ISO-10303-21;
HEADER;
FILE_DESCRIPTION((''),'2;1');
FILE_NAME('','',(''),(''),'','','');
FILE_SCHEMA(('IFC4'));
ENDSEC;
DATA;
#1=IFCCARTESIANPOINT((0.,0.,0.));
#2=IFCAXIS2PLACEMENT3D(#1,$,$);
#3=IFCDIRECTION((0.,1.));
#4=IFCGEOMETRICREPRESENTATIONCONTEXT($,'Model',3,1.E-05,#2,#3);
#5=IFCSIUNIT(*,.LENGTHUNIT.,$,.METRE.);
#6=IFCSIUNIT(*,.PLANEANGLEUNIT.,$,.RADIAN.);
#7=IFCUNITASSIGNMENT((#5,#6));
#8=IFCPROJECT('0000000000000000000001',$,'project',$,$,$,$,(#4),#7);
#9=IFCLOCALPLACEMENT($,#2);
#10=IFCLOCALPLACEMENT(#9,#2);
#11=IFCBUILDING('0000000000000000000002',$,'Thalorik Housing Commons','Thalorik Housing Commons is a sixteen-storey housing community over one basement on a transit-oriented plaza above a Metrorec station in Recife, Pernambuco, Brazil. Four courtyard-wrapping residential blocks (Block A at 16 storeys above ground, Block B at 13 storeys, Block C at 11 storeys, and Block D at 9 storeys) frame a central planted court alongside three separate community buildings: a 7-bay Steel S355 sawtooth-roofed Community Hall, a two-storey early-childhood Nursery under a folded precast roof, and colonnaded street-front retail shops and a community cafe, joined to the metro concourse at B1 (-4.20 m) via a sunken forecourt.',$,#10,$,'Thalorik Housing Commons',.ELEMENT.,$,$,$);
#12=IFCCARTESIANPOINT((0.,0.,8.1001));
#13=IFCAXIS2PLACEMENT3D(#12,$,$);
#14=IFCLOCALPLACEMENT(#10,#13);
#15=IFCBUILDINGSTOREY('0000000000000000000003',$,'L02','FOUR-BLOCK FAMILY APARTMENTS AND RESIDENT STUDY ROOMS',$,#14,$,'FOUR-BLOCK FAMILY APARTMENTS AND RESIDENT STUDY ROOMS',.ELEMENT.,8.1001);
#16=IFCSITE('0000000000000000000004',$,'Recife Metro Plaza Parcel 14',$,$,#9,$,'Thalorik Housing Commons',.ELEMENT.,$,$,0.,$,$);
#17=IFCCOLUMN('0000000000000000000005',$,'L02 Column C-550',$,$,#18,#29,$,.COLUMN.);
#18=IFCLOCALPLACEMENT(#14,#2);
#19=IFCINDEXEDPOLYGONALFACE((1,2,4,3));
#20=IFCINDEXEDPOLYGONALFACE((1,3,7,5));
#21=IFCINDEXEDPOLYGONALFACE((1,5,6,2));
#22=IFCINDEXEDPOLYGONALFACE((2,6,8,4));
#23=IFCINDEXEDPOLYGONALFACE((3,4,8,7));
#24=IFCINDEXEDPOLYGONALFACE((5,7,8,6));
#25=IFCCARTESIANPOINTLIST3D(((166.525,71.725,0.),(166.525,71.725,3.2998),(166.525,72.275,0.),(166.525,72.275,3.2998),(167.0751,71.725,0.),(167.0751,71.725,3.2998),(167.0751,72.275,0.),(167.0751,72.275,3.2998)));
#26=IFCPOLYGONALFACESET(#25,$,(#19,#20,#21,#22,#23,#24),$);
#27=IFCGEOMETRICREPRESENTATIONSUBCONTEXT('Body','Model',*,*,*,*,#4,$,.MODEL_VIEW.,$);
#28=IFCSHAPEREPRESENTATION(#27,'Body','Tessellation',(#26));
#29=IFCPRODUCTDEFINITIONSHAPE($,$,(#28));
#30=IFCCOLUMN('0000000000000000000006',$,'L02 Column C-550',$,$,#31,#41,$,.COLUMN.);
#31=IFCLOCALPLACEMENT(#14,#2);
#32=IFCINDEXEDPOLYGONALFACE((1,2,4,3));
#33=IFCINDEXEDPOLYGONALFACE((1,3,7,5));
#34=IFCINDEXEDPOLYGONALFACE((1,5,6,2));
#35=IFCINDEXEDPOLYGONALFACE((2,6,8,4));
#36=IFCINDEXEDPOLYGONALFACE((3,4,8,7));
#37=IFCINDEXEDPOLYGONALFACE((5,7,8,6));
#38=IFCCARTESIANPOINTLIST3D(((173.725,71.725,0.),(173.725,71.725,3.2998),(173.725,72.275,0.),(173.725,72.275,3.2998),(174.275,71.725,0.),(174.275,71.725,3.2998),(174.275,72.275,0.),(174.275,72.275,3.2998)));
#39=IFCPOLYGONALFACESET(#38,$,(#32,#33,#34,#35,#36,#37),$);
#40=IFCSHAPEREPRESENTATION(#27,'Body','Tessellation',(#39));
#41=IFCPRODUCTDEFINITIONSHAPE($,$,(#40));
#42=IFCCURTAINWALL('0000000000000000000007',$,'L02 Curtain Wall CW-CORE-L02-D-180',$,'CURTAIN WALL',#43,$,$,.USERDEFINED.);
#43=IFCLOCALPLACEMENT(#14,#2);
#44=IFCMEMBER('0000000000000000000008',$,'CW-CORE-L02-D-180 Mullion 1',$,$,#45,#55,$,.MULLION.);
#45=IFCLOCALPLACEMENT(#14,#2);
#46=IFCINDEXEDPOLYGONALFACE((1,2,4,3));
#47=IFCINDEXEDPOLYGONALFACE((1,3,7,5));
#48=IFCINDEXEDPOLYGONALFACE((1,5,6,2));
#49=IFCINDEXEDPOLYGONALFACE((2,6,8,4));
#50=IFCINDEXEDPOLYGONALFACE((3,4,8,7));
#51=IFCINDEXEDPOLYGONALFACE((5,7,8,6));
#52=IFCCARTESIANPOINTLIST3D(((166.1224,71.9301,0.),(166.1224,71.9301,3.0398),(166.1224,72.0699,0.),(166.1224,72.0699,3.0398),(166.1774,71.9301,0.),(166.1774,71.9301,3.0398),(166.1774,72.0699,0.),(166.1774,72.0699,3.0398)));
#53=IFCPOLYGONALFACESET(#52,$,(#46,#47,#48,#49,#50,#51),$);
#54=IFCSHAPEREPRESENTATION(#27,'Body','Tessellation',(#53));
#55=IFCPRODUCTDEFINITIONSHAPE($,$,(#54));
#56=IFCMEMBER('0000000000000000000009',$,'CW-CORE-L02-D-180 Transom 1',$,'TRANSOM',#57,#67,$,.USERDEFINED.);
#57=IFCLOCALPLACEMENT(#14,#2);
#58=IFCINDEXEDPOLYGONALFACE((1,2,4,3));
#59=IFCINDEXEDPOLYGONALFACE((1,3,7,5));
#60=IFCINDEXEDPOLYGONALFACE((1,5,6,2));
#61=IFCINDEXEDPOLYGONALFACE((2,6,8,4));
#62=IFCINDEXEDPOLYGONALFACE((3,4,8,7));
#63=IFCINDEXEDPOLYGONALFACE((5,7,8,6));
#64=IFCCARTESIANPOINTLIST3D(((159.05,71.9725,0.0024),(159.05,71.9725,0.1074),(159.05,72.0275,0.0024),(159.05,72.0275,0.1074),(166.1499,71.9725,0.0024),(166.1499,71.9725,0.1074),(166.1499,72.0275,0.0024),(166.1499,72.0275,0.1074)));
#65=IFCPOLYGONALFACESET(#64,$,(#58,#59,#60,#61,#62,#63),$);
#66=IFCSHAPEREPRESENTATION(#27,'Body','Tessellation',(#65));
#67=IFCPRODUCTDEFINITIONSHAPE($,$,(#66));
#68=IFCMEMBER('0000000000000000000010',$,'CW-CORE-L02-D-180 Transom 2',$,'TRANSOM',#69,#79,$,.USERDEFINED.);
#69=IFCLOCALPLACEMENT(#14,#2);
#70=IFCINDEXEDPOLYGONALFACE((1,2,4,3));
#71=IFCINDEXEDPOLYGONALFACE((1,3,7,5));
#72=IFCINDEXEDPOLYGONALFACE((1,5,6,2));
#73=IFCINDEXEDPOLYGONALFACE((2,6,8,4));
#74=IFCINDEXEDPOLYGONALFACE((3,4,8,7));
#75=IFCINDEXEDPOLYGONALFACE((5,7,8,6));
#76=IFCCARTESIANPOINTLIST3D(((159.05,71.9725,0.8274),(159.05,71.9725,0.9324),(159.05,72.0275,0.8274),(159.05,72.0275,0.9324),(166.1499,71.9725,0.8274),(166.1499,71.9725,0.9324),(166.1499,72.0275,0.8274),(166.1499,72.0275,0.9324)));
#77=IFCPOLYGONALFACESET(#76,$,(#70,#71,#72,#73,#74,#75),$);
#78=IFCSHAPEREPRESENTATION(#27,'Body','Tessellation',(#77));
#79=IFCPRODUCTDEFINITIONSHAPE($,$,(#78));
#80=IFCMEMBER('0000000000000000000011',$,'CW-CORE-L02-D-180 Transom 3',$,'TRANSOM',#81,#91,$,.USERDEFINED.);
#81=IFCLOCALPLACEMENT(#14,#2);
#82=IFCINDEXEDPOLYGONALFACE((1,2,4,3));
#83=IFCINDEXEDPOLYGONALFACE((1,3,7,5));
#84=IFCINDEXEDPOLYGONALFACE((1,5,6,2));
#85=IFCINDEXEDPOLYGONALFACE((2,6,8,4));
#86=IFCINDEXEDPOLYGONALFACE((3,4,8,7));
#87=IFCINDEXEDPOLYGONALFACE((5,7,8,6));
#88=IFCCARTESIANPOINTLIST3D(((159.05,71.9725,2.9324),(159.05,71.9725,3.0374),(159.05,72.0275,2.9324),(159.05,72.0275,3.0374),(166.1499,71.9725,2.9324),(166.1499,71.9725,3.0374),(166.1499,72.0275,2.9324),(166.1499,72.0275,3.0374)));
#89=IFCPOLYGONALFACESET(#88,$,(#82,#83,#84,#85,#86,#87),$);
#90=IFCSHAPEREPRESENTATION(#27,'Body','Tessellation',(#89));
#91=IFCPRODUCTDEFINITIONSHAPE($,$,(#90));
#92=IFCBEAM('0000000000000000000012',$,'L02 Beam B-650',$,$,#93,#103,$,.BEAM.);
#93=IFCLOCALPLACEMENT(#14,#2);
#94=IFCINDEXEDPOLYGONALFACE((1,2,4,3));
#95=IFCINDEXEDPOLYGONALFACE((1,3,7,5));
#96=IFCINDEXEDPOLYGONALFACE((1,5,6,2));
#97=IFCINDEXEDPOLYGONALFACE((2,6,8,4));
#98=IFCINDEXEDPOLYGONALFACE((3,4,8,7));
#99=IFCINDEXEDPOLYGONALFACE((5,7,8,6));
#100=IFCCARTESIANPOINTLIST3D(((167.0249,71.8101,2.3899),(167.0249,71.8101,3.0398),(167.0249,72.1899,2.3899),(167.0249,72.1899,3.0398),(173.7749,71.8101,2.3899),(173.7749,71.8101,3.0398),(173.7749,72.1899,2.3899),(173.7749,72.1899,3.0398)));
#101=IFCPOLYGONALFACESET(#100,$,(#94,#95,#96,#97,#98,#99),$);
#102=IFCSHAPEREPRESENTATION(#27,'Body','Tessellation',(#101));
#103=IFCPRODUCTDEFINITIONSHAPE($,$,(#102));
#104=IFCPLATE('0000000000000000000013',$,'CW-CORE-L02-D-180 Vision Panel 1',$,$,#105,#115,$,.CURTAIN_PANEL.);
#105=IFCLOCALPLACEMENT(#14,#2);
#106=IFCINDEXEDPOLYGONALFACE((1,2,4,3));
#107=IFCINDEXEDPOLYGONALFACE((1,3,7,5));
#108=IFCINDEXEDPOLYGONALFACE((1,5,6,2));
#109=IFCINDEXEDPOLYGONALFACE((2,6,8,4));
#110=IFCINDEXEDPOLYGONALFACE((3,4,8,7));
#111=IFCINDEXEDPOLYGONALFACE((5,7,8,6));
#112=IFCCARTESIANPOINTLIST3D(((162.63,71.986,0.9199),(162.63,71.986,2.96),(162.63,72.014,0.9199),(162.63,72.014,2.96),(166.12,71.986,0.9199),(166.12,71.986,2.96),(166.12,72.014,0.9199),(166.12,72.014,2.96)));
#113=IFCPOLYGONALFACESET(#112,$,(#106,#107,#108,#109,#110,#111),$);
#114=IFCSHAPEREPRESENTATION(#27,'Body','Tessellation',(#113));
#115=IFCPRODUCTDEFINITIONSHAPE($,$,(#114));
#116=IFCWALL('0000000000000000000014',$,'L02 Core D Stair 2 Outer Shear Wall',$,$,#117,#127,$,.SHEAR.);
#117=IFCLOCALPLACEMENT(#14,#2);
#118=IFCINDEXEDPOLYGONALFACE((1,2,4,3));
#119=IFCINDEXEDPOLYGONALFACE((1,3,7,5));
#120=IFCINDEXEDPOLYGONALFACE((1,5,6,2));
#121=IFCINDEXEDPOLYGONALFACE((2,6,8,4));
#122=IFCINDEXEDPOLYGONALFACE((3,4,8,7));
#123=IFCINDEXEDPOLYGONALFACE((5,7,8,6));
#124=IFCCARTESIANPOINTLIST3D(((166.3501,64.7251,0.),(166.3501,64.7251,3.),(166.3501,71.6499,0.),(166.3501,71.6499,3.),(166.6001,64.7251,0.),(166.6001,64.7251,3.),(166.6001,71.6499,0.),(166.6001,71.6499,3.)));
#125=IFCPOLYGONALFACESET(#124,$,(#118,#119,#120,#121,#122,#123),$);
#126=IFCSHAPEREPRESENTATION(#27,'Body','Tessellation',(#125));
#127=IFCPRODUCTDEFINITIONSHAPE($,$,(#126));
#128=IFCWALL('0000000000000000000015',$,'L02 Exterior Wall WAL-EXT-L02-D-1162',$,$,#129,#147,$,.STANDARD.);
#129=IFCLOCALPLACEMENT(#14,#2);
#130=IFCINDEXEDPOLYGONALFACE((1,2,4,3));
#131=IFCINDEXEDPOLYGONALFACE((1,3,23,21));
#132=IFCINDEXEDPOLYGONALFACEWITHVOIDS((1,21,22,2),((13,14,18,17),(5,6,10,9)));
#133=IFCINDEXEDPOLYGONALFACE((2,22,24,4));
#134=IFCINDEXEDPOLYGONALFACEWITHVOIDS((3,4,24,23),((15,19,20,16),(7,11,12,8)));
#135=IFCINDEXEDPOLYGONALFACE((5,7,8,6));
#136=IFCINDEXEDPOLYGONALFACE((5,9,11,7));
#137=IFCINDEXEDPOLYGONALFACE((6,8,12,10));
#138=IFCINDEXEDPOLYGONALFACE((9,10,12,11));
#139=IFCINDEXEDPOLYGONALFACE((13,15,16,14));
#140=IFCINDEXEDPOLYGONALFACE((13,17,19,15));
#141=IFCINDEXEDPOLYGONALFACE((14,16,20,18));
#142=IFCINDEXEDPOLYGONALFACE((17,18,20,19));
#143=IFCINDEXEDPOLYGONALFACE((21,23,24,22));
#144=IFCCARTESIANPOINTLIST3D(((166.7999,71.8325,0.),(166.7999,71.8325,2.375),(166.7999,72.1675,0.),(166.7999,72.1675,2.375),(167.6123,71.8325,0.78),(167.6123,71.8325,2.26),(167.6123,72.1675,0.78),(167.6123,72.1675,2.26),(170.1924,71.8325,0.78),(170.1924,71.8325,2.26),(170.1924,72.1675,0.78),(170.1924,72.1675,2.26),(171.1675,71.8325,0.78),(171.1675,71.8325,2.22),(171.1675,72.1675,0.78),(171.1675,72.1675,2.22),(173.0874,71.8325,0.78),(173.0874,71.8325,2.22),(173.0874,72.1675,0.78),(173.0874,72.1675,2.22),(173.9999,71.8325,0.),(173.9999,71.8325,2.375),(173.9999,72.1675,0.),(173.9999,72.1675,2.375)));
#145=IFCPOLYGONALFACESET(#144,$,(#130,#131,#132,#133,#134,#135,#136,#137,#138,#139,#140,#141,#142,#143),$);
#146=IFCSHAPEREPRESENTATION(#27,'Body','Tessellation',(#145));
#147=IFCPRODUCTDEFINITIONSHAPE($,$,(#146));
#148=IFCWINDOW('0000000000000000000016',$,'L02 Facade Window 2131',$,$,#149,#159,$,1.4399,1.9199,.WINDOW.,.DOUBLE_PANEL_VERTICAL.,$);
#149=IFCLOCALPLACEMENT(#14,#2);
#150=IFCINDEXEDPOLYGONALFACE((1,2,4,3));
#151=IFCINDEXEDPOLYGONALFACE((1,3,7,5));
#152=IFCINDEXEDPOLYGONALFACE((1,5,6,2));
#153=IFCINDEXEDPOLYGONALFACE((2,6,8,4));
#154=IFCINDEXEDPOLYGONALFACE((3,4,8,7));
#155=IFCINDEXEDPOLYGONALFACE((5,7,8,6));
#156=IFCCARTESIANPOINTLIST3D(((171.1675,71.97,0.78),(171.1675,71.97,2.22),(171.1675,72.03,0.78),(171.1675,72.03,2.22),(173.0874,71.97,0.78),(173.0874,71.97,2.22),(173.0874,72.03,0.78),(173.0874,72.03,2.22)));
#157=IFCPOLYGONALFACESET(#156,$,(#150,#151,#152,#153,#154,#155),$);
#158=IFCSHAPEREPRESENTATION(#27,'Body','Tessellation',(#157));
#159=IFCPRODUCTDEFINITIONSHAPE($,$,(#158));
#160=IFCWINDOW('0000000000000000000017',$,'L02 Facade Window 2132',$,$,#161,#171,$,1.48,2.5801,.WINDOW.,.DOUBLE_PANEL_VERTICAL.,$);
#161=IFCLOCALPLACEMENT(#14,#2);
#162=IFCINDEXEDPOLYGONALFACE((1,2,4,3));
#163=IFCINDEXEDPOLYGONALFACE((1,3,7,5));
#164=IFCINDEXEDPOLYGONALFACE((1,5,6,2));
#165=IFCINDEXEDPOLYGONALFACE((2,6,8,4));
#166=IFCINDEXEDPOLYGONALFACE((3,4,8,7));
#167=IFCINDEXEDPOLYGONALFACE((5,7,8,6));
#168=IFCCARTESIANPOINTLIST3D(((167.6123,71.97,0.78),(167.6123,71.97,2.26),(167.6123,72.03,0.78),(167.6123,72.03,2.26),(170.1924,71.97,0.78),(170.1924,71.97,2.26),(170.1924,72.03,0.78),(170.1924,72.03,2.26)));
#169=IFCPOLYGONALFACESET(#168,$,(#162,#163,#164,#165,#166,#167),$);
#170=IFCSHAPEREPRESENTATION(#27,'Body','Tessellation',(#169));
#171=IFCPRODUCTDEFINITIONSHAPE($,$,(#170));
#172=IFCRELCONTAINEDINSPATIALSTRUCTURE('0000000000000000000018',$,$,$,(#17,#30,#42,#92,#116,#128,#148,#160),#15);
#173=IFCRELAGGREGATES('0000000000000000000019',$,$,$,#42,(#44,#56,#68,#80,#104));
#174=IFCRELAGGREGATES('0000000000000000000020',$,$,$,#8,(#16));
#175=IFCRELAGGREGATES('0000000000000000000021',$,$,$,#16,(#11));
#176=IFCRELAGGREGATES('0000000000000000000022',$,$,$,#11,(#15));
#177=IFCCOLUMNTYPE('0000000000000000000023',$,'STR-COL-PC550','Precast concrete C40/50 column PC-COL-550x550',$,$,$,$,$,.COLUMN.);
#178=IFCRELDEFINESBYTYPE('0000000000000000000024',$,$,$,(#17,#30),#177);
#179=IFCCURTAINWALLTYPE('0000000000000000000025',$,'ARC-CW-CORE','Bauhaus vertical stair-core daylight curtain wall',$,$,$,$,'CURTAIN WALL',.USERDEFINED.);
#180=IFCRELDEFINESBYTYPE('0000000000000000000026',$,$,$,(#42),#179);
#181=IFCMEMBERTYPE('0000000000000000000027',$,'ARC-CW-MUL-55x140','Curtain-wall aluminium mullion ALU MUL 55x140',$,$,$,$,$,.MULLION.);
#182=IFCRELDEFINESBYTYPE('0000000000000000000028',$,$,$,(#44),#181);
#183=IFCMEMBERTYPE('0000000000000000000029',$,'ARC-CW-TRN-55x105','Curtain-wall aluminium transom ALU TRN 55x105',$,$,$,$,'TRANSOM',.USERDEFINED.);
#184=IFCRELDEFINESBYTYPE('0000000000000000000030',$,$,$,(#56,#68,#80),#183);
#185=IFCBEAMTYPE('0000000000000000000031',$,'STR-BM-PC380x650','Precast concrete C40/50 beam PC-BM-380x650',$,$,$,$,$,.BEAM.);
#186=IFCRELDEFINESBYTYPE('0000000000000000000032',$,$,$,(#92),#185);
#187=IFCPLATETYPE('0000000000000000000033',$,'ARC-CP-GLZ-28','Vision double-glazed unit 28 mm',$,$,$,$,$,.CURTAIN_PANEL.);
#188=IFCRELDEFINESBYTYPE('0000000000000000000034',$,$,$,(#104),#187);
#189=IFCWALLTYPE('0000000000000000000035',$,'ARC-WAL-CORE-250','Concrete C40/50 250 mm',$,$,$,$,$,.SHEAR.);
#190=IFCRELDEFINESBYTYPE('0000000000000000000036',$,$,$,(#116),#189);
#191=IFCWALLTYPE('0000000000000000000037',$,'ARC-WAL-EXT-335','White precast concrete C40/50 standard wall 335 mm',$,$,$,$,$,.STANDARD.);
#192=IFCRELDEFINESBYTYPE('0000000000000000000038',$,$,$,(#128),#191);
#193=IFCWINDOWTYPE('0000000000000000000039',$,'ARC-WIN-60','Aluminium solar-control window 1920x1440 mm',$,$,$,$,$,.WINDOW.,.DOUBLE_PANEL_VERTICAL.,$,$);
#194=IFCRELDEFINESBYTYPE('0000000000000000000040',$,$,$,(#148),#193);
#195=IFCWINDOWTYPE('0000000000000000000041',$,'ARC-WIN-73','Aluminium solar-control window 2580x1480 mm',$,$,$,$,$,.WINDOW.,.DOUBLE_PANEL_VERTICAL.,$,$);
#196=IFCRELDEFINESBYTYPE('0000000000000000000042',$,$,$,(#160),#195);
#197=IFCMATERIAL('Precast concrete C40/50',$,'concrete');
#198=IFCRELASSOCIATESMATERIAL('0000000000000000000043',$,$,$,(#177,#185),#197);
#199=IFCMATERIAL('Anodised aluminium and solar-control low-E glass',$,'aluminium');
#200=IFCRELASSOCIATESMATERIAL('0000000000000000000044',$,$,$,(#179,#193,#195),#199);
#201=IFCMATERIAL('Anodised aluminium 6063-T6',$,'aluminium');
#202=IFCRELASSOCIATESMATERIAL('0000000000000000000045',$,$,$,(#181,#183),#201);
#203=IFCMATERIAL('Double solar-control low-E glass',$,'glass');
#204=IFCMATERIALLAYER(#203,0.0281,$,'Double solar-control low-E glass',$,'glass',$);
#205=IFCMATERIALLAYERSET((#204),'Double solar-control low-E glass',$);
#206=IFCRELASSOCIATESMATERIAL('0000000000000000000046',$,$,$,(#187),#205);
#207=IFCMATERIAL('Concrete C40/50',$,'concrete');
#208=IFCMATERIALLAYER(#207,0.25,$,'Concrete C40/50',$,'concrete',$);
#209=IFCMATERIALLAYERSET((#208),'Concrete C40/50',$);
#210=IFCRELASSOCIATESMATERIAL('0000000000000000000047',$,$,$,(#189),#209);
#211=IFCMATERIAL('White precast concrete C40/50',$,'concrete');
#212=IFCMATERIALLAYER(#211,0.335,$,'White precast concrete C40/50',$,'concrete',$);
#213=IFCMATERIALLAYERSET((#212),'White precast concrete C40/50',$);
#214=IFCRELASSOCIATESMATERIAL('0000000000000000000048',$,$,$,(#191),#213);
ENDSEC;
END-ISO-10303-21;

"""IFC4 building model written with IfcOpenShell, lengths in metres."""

from ifc_helpers import new_model, si_unit, direction, frame, frame_2d, origin, origin_2d, place, context, subcontext, project, spatial, rectangle, extrude, material, layer, layer_set, material_profile, profile_set, type_object, element, fill, aggregate, save


model = new_model("IFC4")

# Units and contexts
model_context = context("Model", 3, precision=1e-05, world=origin(), true_north=direction((0.0, 1.0)))
body_context = subcontext(model_context, "Body", "Model", "MODEL_VIEW")
ifc_project = project(units=[si_unit("LENGTHUNIT", "METRE"), si_unit("PLANEANGLEUNIT", "RADIAN")], contexts=[model_context])

# Site, building, storey
site_placement = place(None, origin())
site = spatial("IfcSite", under=ifc_project, at=site_placement, Name="Recife Metro Plaza Parcel 14", LongName="Thalorik Housing Commons", CompositionType="ELEMENT", RefElevation=0.0)
building_placement = place(site_placement, origin())
building = spatial("IfcBuilding", under=site, at=building_placement, Name="Thalorik Housing Commons", Description="Thalorik Housing Commons is a sixteen-storey housing community over one basement on a transit-oriented plaza above a Metrorec station in Recife, Pernambuco, Brazil. Four courtyard-wrapping residential blocks (Block A at 16 storeys above ground, Block B at 13 storeys, Block C at 11 storeys, and Block D at 9 storeys) frame a central planted court alongside three separate community buildings: a 7-bay Steel S355 sawtooth-roofed Community Hall, a two-storey early-childhood Nursery under a folded precast roof, and colonnaded street-front retail shops and a community cafe, joined to the metro concourse at B1 (-4.20 m) via a sunken forecourt.", LongName="Thalorik Housing Commons", CompositionType="ELEMENT")
storey_placement = place(building_placement, frame((0.0, 0.0, 8.1001)))
storey = spatial("IfcBuildingStorey", under=building, at=storey_placement, Name="L02", Description="FOUR-BLOCK FAMILY APARTMENTS AND RESIDENT STUDY ROOMS", LongName="FOUR-BLOCK FAMILY APARTMENTS AND RESIDENT STUDY ROOMS", CompositionType="ELEMENT", Elevation=8.1001)

# Columns
ifc_material_1 = material(Name="Precast concrete C40/50", Category="concrete")
ifc_material_profile_1 = material_profile(ifc_material_1, rectangle(XDim=0.55, YDim=0.55, at=origin_2d()), Name="PC 550x550", Category="concrete")
ifc_profile_set_1 = profile_set([ifc_material_profile_1], Name="Precast concrete C40/50")
column_type = type_object("IfcColumnType", Name="STR-COL-PC550", Description="Precast concrete C40/50 column PC-COL-550x550", PredefinedType="COLUMN", material=ifc_profile_set_1)
for number, where, z_axis, x_axis, name in (
    (1, (166.8, 72.0, 0.0), (0.0, 0.0, 1.0), (1.0, 0.0, 0.0), "L02 Column C-550"),
    (2, (174.0, 72.0, 0.0), (0.0, 0.0, 1.0), (1.0, 0.0, 0.0), "L02 Column C-550"),
):
    element("IfcColumn", number, at=place(storey_placement, frame(where, z_axis=z_axis, x_axis=x_axis)), inside=storey, type_object=column_type, Name=name, PredefinedType="COLUMN", context=body_context, shape_type="SweptSolid", body=[
        extrude(rectangle(XDim=0.55, YDim=0.55, at=origin_2d()), origin(), (0.0, 0.0, 1.0), 3.2998),
    ])

# Curtain wall, members
ifc_material_2 = material(Name="Anodised aluminium and solar-control low-E glass", Category="aluminium")
curtain_wall_type = type_object("IfcCurtainWallType", Name="ARC-CW-CORE", Description="Bauhaus vertical stair-core daylight curtain wall", ElementType="CURTAIN WALL", PredefinedType="USERDEFINED", material=ifc_material_2)
curtain_wall_placement = place(storey_placement, origin())
curtain_wall = element("IfcCurtainWall", 3, at=curtain_wall_placement, inside=storey, type_object=curtain_wall_type, Name="L02 Curtain Wall CW-CORE-L02-D-180", ObjectType="CURTAIN WALL", PredefinedType="USERDEFINED")
ifc_material_3 = material(Name="Anodised aluminium 6063-T6", Category="aluminium")
ifc_material_profile_2 = material_profile(ifc_material_3, rectangle(XDim=0.0549, YDim=0.1399, at=origin_2d()), Name="ALU MUL 55x140", Category="aluminium")
ifc_profile_set_2 = profile_set([ifc_material_profile_2], Name="Anodised aluminium 6063-T6")
member_type_1 = type_object("IfcMemberType", Name="ARC-CW-MUL-55x140", Description="Curtain-wall aluminium mullion ALU MUL 55x140", PredefinedType="MULLION", material=ifc_profile_set_2)
member_1_placement = place(storey_placement, frame((166.1499, 72.0, 0.0), z_axis=(0.0, 0.0, 1.0), x_axis=(-1.0, 0.0, 0.0)))
member_1 = element("IfcMember", 4, at=member_1_placement, type_object=member_type_1, Name="CW-CORE-L02-D-180 Mullion 1", PredefinedType="MULLION", context=body_context, shape_type="SweptSolid", body=[
    extrude(rectangle(XDim=0.0549, YDim=0.1399, at=origin_2d()), origin(), (0.0, 0.0, 1.0), 3.0398),
])
ifc_material_profile_3 = material_profile(ifc_material_3, rectangle(XDim=0.0549, YDim=0.105, at=origin_2d()), Name="ALU TRN 55x105", Category="aluminium")
ifc_profile_set_3 = profile_set([ifc_material_profile_3], Name="Anodised aluminium 6063-T6")
member_type_2 = type_object("IfcMemberType", Name="ARC-CW-TRN-55x105", Description="Curtain-wall aluminium transom ALU TRN 55x105", ElementType="TRANSOM", PredefinedType="USERDEFINED", material=ifc_profile_set_3)
member_2_placement = place(storey_placement, frame((166.1499, 72.0, 0.0549), z_axis=(-1.0, 0.0, 0.0), x_axis=(0.0, -1.0, 0.0)))
member_2 = element("IfcMember", 5, at=member_2_placement, type_object=member_type_2, Name="CW-CORE-L02-D-180 Transom 1", ObjectType="TRANSOM", PredefinedType="USERDEFINED", context=body_context, shape_type="SweptSolid", body=[
    extrude(rectangle(XDim=0.0549, YDim=0.105, at=origin_2d()), origin(), (0.0, 0.0, 1.0), 7.0999),
])
member_3_placement = place(storey_placement, frame((166.1499, 72.0, 0.8799), z_axis=(-1.0, 0.0, 0.0), x_axis=(0.0, -1.0, 0.0)))
member_3 = element("IfcMember", 6, at=member_3_placement, type_object=member_type_2, Name="CW-CORE-L02-D-180 Transom 2", ObjectType="TRANSOM", PredefinedType="USERDEFINED", context=body_context, shape_type="SweptSolid", body=[
    extrude(rectangle(XDim=0.0549, YDim=0.105, at=origin_2d()), origin(), (0.0, 0.0, 1.0), 7.0999),
])
member_4_placement = place(storey_placement, frame((166.1499, 72.0, 2.9849), z_axis=(-1.0, 0.0, 0.0), x_axis=(0.0, -1.0, 0.0)))
member_4 = element("IfcMember", 7, at=member_4_placement, type_object=member_type_2, Name="CW-CORE-L02-D-180 Transom 3", ObjectType="TRANSOM", PredefinedType="USERDEFINED", context=body_context, shape_type="SweptSolid", body=[
    extrude(rectangle(XDim=0.0549, YDim=0.105, at=origin_2d()), origin(), (0.0, 0.0, 1.0), 7.0999),
])

# Beam
ifc_material_profile_4 = material_profile(ifc_material_1, rectangle(XDim=0.3799, YDim=0.6499, at=origin_2d()), Name="PC 380x650", Category="concrete")
ifc_profile_set_4 = profile_set([ifc_material_profile_4], Name="Precast concrete C40/50")
beam_type = type_object("IfcBeamType", Name="STR-BM-PC380x650", Description="Precast concrete C40/50 beam PC-BM-380x650", PredefinedType="BEAM", material=ifc_profile_set_4)
beam_placement = place(storey_placement, frame((167.0249, 72.0, 2.7148), z_axis=(1.0, 0.0, 0.0), x_axis=(0.0, 1.0, 0.0)))
element("IfcBeam", 8, at=beam_placement, inside=storey, type_object=beam_type, Name="L02 Beam B-650", PredefinedType="BEAM", context=body_context, shape_type="SweptSolid", body=[
    extrude(rectangle(XDim=0.3799, YDim=0.6499, at=origin_2d()), origin(), (0.0, 0.0, 1.0), 6.75),
])

# Plate
ifc_material_4 = material(Name="Double solar-control low-E glass", Category="glass")
ifc_layer_1 = layer(ifc_material_4, 0.0281, Name="Double solar-control low-E glass", Category="glass")
ifc_layer_set_1 = layer_set([ifc_layer_1], Name="Double solar-control low-E glass")
plate_type = type_object("IfcPlateType", Name="ARC-CP-GLZ-28", Description="Vision double-glazed unit 28 mm", PredefinedType="CURTAIN_PANEL", material=ifc_layer_set_1)
plate_placement = place(storey_placement, frame((164.375, 72.0, 0.9199), z_axis=(0.0, 0.0, 1.0), x_axis=(-1.0, 0.0, 0.0)))
plate = element("IfcPlate", 9, at=plate_placement, type_object=plate_type, Name="CW-CORE-L02-D-180 Vision Panel 1", PredefinedType="CURTAIN_PANEL", context=body_context, shape_type="SweptSolid", body=[
    extrude(rectangle(XDim=3.49, YDim=0.0281, at=origin_2d()), origin(), (0.0, 0.0, 1.0), 2.04),
])
aggregate(curtain_wall, [member_1, member_2, member_3, member_4, plate])

# Wall
ifc_material_5 = material(Name="Concrete C40/50", Category="concrete")
ifc_layer_2 = layer(ifc_material_5, 0.25, Name="Concrete C40/50", Category="concrete")
ifc_layer_set_2 = layer_set([ifc_layer_2], Name="Concrete C40/50")
wall_type_1 = type_object("IfcWallType", Name="ARC-WAL-CORE-250", Description="Concrete C40/50 250 mm", PredefinedType="SHEAR", material=ifc_layer_set_2)
wall_1_placement = place(storey_placement, frame((166.4751, 71.6499, 0.0), z_axis=(0.0, 0.0, 1.0), x_axis=(0.0, -1.0, 0.0)))
element("IfcWall", 10, at=wall_1_placement, inside=storey, type_object=wall_type_1, Name="L02 Core D Stair 2 Outer Shear Wall", PredefinedType="SHEAR", context=body_context, shape_type="SweptSolid", body=[
    extrude(rectangle(XDim=6.9248, YDim=0.25, at=frame_2d((3.4624, 0.0))), origin(), (0.0, 0.0, 1.0), 3.0),
])

# Wall, openings, windows
ifc_material_6 = material(Name="White precast concrete C40/50", Category="concrete")
ifc_layer_3 = layer(ifc_material_6, 0.335, Name="White precast concrete C40/50", Category="concrete")
ifc_layer_set_3 = layer_set([ifc_layer_3], Name="White precast concrete C40/50")
wall_type_2 = type_object("IfcWallType", Name="ARC-WAL-EXT-335", Description="White precast concrete C40/50 standard wall 335 mm", PredefinedType="STANDARD", material=ifc_layer_set_3)
wall_2_placement = place(storey_placement, frame((174.0, 72.0, 0.0), z_axis=(0.0, 0.0, 1.0), x_axis=(-1.0, 0.0, 0.0)))
wall_2 = element("IfcWall", 11, at=wall_2_placement, inside=storey, type_object=wall_type_2, Name="L02 Exterior Wall WAL-EXT-L02-D-1162", PredefinedType="STANDARD", context=body_context, shape_type="SweptSolid", body=[
    extrude(rectangle(XDim=7.2, YDim=0.335, at=frame_2d((3.6001, 0.0))), origin(), (0.0, 0.0, 1.0), 2.375),
])
opening_1_placement = place(wall_2_placement, frame((0.9126, 0.0, 0.78)))
opening_1 = element("IfcOpeningElement", 12, at=opening_1_placement, cuts=wall_2, PredefinedType="OPENING", context=body_context, shape_type="SweptSolid", body=[
    extrude(rectangle(XDim=1.9199, YDim=1.4399, at=frame_2d((0.96, 0.72))), frame((0.0, 0.1775, 0.0), z_axis=(0.0, -1.0, 0.0), x_axis=(1.0, 0.0, 0.0)), (0.0, 0.0, 1.0), 0.355),
])
opening_2_placement = place(wall_2_placement, frame((3.8076, 0.0, 0.78)))
opening_2 = element("IfcOpeningElement", 13, at=opening_2_placement, cuts=wall_2, PredefinedType="OPENING", context=body_context, shape_type="SweptSolid", body=[
    extrude(rectangle(XDim=2.5801, YDim=1.48, at=frame_2d((1.29, 0.74))), frame((0.0, 0.1775, 0.0), z_axis=(0.0, -1.0, 0.0), x_axis=(1.0, 0.0, 0.0)), (0.0, 0.0, 1.0), 0.355),
])
window_type_1 = type_object("IfcWindowType", Name="ARC-WIN-60", Description="Aluminium solar-control window 1920x1440 mm", PartitioningType="DOUBLE_PANEL_VERTICAL", PredefinedType="WINDOW", material=ifc_material_2)
window_1_placement = place(opening_1_placement, origin())
window_1 = element("IfcWindow", 14, at=window_1_placement, inside=storey, type_object=window_type_1, Name="L02 Facade Window 2131", OverallHeight=1.4399, OverallWidth=1.9199, PartitioningType="DOUBLE_PANEL_VERTICAL", PredefinedType="WINDOW", context=body_context, shape_type="SweptSolid", body=[
    extrude(rectangle(XDim=1.9199, YDim=1.4399, at=frame_2d((0.96, 0.72))), frame((0.0, 0.03, 0.0), z_axis=(0.0, -1.0, 0.0), x_axis=(1.0, 0.0, 0.0)), (0.0, 0.0, 1.0), 0.0601),
])
fill(opening_1, window_1)
window_type_2 = type_object("IfcWindowType", Name="ARC-WIN-73", Description="Aluminium solar-control window 2580x1480 mm", PartitioningType="DOUBLE_PANEL_VERTICAL", PredefinedType="WINDOW", material=ifc_material_2)
window_2_placement = place(opening_2_placement, origin())
window_2 = element("IfcWindow", 15, at=window_2_placement, inside=storey, type_object=window_type_2, Name="L02 Facade Window 2132", OverallHeight=1.48, OverallWidth=2.5801, PartitioningType="DOUBLE_PANEL_VERTICAL", PredefinedType="WINDOW", context=body_context, shape_type="SweptSolid", body=[
    extrude(rectangle(XDim=2.5801, YDim=1.48, at=frame_2d((1.29, 0.74))), frame((0.0, 0.03, 0.0), z_axis=(0.0, -1.0, 0.0), x_axis=(1.0, 0.0, 0.0)), (0.0, 0.0, 1.0), 0.0601),
])
fill(opening_2, window_2)

save(model, "model.ifc")
